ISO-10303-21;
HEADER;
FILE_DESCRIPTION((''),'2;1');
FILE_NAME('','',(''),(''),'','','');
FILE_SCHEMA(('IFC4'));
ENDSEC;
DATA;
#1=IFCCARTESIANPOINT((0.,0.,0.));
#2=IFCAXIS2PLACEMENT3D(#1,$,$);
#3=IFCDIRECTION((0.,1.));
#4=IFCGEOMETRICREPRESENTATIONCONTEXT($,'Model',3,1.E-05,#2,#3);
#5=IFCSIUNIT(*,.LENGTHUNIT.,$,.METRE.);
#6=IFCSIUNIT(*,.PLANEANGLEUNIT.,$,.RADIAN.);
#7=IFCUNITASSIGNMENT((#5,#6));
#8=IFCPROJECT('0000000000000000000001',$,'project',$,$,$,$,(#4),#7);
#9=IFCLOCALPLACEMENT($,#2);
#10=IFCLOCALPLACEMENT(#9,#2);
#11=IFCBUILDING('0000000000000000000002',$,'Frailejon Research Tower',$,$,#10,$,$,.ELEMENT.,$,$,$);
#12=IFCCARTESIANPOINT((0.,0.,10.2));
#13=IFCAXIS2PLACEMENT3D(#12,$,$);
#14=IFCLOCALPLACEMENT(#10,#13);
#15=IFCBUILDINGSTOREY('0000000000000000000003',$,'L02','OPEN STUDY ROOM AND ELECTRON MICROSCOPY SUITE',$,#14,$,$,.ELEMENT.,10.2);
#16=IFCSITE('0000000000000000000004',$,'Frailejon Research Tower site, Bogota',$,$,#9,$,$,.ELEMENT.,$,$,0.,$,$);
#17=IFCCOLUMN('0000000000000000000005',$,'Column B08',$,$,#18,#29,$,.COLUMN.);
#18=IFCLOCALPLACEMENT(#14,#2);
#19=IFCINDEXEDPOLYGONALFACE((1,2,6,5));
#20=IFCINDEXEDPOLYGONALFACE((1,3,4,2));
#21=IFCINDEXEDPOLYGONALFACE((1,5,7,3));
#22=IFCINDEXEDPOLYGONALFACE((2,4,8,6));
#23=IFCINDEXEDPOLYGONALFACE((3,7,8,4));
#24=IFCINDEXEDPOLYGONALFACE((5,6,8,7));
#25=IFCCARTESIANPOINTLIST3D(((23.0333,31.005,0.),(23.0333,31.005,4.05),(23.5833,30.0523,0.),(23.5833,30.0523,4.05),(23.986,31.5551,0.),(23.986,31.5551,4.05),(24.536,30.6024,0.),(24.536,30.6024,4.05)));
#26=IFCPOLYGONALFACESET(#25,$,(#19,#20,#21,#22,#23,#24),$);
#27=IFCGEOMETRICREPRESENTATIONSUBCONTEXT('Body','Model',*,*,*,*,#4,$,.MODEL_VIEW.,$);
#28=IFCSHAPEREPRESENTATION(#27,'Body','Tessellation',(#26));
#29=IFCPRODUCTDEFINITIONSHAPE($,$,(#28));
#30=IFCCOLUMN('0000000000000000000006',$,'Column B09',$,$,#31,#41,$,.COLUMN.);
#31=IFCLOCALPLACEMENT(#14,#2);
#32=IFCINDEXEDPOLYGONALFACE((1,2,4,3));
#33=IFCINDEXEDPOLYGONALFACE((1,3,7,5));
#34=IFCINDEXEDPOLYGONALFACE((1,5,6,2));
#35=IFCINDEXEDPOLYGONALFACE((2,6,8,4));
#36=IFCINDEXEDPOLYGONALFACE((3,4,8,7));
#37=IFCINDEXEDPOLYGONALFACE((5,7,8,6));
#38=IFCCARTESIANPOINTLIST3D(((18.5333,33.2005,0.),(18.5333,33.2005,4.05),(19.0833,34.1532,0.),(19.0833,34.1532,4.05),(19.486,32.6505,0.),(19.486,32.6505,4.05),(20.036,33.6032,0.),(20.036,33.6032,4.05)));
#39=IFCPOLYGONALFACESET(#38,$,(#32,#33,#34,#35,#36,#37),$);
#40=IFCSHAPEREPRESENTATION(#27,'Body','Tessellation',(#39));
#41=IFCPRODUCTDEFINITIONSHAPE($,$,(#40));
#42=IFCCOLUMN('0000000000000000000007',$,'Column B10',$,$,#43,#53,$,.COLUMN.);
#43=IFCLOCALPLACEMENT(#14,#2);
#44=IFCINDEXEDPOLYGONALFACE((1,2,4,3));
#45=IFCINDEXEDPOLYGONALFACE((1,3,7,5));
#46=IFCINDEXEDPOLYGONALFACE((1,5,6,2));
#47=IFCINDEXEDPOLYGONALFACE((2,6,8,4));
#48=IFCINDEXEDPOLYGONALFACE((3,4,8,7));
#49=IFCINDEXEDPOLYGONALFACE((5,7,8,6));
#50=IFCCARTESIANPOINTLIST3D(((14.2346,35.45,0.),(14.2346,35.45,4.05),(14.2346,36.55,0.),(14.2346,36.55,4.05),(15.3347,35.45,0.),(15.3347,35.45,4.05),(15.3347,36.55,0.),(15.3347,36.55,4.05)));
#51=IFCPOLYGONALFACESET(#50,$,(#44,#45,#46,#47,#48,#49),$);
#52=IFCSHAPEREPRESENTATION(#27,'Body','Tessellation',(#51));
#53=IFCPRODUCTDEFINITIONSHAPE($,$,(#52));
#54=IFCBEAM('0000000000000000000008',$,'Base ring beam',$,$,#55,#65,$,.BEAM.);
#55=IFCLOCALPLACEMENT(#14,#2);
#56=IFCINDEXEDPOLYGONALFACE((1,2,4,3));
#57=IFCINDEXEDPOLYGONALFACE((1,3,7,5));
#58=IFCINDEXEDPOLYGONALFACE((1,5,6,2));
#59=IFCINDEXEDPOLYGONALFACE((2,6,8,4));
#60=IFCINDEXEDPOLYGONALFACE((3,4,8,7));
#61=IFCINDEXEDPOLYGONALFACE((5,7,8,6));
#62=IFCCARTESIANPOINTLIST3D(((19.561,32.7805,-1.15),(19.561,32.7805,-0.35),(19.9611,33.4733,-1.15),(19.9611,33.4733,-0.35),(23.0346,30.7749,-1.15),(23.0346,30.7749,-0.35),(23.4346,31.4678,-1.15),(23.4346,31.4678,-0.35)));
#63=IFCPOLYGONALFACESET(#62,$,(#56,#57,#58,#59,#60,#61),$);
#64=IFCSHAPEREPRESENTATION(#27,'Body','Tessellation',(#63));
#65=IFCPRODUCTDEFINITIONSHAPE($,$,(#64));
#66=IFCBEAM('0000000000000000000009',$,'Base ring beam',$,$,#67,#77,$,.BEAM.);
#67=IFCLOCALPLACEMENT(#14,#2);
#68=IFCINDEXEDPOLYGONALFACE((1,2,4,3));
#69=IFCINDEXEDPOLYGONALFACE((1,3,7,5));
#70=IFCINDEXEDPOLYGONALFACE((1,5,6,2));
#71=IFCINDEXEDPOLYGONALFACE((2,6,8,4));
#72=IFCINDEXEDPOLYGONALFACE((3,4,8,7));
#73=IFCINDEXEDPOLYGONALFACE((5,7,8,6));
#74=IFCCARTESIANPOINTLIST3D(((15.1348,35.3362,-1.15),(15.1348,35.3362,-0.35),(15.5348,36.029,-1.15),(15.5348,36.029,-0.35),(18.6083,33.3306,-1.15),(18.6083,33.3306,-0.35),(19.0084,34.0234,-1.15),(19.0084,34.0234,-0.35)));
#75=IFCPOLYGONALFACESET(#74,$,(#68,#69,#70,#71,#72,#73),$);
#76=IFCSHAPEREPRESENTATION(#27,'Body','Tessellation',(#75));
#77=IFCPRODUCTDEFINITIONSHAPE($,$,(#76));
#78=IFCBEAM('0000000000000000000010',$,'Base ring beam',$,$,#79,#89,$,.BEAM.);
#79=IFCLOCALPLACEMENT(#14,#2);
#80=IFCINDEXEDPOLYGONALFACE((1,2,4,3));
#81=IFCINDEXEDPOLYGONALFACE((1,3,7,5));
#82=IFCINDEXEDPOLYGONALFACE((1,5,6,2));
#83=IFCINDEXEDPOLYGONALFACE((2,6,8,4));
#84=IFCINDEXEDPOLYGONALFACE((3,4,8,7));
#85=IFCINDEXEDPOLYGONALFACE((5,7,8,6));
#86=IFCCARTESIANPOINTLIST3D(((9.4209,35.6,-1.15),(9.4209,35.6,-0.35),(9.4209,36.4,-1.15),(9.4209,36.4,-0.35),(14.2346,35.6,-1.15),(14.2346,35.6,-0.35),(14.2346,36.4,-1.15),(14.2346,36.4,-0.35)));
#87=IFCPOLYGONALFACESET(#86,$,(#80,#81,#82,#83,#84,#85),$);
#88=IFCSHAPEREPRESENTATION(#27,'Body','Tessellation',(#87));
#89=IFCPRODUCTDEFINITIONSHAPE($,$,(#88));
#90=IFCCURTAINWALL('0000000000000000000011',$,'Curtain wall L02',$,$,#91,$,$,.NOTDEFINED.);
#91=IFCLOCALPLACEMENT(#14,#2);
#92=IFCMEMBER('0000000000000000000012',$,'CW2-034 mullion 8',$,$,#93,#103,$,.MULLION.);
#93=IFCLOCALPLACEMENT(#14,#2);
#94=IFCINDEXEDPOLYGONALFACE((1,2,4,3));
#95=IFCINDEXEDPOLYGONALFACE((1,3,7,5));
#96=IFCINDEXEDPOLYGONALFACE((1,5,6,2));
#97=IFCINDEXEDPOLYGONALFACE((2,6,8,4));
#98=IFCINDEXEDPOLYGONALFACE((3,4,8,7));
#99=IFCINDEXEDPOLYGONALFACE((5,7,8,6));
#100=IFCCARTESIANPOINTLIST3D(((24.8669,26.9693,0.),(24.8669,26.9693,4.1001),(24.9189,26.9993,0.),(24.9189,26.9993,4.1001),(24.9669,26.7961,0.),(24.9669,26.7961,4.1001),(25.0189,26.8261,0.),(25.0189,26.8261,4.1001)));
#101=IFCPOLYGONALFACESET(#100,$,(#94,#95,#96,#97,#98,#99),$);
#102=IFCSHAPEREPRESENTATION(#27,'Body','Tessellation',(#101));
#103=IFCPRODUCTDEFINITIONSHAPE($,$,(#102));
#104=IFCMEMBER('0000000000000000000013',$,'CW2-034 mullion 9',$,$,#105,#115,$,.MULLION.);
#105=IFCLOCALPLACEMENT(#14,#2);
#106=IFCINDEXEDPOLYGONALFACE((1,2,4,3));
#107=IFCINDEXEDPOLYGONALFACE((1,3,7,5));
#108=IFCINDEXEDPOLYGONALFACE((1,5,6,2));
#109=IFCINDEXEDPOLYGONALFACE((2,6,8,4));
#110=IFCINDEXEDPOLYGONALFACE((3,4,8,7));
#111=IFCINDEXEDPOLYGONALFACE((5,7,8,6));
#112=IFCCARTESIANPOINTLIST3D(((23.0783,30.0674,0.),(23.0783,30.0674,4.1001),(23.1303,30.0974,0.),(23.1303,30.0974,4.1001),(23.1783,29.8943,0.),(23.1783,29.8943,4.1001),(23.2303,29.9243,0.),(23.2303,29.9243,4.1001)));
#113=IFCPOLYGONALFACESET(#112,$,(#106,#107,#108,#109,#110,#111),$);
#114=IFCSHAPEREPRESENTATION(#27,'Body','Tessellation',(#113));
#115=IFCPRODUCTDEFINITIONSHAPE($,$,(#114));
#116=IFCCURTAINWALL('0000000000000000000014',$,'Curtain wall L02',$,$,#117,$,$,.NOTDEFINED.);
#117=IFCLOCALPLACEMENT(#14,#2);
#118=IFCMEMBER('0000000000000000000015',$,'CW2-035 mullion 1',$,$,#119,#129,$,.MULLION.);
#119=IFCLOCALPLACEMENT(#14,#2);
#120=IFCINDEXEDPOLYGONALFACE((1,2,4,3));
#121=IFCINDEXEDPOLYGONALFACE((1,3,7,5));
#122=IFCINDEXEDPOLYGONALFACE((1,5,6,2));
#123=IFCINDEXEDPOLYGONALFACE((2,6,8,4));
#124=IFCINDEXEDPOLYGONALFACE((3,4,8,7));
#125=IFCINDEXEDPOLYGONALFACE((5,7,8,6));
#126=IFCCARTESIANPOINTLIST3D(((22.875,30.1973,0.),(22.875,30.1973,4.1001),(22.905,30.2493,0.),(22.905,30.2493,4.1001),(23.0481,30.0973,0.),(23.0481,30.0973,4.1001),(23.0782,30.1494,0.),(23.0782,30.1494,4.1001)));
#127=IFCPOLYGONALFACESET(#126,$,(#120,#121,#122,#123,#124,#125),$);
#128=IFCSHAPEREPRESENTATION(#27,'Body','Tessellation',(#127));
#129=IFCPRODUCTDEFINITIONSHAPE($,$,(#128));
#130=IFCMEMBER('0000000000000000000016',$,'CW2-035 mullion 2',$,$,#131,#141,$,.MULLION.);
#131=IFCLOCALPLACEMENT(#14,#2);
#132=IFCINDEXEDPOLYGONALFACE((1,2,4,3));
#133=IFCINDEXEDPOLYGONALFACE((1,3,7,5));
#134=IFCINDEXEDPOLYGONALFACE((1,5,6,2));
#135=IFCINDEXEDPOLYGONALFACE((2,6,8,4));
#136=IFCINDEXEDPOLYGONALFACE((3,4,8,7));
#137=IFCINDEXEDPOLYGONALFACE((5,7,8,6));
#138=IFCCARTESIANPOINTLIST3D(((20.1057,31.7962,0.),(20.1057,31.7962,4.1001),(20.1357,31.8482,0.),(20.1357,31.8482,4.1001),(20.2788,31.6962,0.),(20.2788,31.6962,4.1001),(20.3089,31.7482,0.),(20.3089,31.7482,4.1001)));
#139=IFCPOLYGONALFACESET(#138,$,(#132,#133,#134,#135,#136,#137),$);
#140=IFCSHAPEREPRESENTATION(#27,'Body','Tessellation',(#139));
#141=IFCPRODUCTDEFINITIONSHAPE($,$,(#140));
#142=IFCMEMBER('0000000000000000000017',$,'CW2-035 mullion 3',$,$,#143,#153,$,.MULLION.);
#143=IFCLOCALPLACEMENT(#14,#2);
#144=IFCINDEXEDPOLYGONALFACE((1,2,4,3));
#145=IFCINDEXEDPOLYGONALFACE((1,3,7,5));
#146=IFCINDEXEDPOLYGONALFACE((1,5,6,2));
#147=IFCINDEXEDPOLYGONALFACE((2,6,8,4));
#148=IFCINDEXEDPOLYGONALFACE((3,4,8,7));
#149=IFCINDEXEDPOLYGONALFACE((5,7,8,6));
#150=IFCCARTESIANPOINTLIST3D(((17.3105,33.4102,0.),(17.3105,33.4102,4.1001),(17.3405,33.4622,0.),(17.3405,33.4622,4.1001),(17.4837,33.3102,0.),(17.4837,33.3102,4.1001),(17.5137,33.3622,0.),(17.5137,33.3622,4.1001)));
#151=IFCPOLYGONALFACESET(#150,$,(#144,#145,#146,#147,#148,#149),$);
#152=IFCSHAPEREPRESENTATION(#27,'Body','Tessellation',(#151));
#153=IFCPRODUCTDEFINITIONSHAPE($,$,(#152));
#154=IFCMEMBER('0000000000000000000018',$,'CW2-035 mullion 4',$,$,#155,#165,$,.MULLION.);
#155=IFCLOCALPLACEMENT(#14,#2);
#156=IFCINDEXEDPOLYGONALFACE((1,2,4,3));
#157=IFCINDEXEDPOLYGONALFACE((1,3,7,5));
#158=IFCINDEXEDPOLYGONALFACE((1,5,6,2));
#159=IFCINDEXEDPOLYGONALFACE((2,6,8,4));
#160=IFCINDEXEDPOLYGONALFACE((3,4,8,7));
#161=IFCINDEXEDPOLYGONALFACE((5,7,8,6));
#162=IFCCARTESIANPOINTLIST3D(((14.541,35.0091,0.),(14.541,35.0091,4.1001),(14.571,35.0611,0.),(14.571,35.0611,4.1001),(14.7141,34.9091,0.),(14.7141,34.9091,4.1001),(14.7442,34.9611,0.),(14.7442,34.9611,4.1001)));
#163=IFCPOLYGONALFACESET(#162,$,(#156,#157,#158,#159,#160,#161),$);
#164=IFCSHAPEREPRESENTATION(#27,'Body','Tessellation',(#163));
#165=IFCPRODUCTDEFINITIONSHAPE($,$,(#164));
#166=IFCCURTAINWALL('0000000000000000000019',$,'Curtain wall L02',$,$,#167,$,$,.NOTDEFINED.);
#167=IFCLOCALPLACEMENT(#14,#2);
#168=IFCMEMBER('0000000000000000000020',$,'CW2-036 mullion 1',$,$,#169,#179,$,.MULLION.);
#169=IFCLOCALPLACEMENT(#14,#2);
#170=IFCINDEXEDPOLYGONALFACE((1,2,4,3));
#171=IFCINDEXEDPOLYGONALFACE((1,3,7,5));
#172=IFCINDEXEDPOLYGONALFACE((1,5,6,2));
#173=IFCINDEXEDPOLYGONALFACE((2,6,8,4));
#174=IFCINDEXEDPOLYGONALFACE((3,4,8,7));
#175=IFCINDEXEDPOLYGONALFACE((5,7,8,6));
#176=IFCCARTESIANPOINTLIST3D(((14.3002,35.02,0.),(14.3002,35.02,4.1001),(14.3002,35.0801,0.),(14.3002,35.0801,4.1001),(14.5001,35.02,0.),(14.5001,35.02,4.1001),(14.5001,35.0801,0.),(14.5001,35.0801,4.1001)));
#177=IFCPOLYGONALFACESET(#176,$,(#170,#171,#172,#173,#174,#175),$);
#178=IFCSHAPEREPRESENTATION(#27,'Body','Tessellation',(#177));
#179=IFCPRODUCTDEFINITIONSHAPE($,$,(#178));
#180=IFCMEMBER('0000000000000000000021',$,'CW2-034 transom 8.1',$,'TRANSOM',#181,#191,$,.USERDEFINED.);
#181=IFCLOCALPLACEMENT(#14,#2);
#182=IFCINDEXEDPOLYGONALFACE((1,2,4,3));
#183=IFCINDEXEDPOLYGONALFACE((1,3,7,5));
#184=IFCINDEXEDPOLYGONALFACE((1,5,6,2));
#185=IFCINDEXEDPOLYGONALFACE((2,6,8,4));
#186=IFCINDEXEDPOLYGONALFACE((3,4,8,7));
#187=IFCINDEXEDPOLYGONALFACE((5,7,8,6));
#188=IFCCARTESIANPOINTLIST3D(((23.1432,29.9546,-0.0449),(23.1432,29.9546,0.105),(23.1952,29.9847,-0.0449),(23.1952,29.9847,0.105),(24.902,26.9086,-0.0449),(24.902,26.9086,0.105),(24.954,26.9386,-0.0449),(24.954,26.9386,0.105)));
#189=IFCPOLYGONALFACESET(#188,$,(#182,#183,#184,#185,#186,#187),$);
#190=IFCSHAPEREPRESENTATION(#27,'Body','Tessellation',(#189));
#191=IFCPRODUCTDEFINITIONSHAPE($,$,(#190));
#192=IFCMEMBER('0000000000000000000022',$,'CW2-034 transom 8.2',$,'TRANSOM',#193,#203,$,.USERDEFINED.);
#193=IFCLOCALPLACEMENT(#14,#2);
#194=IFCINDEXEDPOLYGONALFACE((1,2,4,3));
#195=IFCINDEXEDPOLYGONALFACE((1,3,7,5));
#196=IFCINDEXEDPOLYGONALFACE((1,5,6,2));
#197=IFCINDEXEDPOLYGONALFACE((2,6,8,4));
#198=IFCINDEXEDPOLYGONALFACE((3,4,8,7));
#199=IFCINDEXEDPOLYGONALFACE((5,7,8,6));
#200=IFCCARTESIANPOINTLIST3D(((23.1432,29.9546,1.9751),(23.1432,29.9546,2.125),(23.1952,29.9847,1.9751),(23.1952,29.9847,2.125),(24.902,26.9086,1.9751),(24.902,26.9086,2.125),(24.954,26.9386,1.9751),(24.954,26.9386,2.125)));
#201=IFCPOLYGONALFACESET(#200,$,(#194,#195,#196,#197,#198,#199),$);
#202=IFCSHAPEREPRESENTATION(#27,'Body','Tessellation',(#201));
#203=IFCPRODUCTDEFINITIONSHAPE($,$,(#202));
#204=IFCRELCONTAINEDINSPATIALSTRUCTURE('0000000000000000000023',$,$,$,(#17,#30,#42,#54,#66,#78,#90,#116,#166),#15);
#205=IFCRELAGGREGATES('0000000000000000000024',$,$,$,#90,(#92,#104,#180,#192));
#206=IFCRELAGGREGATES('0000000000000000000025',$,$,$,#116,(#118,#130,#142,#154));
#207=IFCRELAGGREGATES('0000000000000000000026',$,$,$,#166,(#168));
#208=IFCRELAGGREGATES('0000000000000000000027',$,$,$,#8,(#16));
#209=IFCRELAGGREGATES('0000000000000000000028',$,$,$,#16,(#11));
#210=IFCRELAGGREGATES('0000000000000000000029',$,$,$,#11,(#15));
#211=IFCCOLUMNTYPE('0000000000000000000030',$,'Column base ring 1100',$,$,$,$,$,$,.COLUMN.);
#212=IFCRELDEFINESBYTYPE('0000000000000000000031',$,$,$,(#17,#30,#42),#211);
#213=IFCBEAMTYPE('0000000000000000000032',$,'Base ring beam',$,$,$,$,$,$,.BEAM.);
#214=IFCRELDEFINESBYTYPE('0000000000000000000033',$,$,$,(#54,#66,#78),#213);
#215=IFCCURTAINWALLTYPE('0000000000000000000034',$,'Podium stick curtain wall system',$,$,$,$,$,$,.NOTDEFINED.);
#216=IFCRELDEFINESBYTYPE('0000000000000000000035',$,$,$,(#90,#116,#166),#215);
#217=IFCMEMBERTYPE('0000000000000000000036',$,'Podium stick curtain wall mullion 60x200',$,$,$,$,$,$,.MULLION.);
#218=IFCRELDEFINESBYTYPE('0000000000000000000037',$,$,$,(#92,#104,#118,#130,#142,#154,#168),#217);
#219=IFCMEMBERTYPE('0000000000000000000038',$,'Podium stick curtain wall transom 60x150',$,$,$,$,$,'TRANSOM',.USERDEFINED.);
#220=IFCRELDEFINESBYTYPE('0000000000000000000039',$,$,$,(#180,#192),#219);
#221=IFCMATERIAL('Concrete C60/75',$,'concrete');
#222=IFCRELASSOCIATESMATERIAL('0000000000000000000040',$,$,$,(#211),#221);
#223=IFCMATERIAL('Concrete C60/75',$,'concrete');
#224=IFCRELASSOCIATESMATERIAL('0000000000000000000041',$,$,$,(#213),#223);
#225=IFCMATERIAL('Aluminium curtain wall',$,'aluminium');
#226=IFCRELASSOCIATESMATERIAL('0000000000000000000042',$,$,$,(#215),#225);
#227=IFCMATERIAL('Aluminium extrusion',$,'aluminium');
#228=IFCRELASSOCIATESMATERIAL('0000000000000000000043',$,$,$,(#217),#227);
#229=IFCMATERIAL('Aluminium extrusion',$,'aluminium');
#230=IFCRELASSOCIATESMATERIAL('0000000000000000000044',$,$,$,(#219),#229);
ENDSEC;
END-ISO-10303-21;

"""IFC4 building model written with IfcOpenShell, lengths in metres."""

from ifc_helpers import new_model, si_unit, direction, frame, origin, origin_2d, place, context, subcontext, project, spatial, rectangle, extrude, material, material_profile, profile_set, type_object, element, aggregate, save


model = new_model("IFC4")

# Units and contexts
model_context = context("Model", 3, precision=1e-05, world=origin(), true_north=direction((0.0, 1.0)))
body_context = subcontext(model_context, "Body", "Model", "MODEL_VIEW")
ifc_project = project(units=[si_unit("LENGTHUNIT", "METRE"), si_unit("PLANEANGLEUNIT", "RADIAN")], contexts=[model_context])

# Site, building, storey
site_placement = place(None, origin())
site = spatial("IfcSite", under=ifc_project, at=site_placement, Name="Frailejon Research Tower site, Bogota", CompositionType="ELEMENT", RefElevation=0.0)
building_placement = place(site_placement, origin())
building = spatial("IfcBuilding", under=site, at=building_placement, Name="Frailejon Research Tower", CompositionType="ELEMENT")
storey_placement = place(building_placement, frame((0.0, 0.0, 10.2)))
storey = spatial("IfcBuildingStorey", under=building, at=storey_placement, Name="L02", Description="OPEN STUDY ROOM AND ELECTRON MICROSCOPY SUITE", CompositionType="ELEMENT", Elevation=10.2)

# Columns
ifc_material_1 = material(Name="Concrete C60/75", Category="concrete")
ifc_material_profile_1 = material_profile(ifc_material_1, rectangle(XDim=1.1001, YDim=1.1001, at=origin_2d()), Name="Column base ring 1100")
ifc_profile_set_1 = profile_set([ifc_material_profile_1], Name="Concrete C60/75")
column_type = type_object("IfcColumnType", Name="Column base ring 1100", PredefinedType="COLUMN", material=ifc_profile_set_1)
for number, where, z_axis, x_axis, name in (
    (1, (23.7847, 30.8037, 0.0), (0.0, 0.0, 1.0), (-0.5, 0.866025, 0.0), "Column B08"),
    (2, (19.2847, 33.4019, 0.0), (0.0, 0.0, 1.0), (-0.866025, 0.5, 0.0), "Column B09"),
    (3, (14.7847, 36.0, 0.0), (0.0, 0.0, 1.0), (-1.0, 0.0, 0.0), "Column B10"),
):
    element("IfcColumn", number, at=place(storey_placement, frame(where, z_axis=z_axis, x_axis=x_axis)), inside=storey, type_object=column_type, Name=name, PredefinedType="COLUMN", context=body_context, shape_type="SweptSolid", body=[
        extrude(rectangle(XDim=1.1001, YDim=1.1001, at=origin_2d()), origin(), (0.0, 0.0, 1.0), 4.05),
    ])

# Beams
ifc_material_2 = material(Name="Concrete C60/75", Category="concrete")
ifc_material_profile_2 = material_profile(ifc_material_2, rectangle(XDim=0.8, YDim=0.8, at=origin_2d()), Name="Base ring beam")
ifc_profile_set_2 = profile_set([ifc_material_profile_2], Name="Concrete C60/75")
beam_type = type_object("IfcBeamType", Name="Base ring beam", PredefinedType="BEAM", material=ifc_profile_set_2)
for number, where, z_axis, x_axis, name in (
    (4, (23.2346, 31.1213, -0.75), (-0.866013, 0.500021, 0.0), (-0.500021, -0.866013, 0.0), "Base ring beam"),
    (5, (18.8083, 33.677, -0.75), (-0.866013, 0.500021, 0.0), (-0.500021, -0.866013, 0.0), "Base ring beam"),
):
    element("IfcBeam", number, at=place(storey_placement, frame(where, z_axis=z_axis, x_axis=x_axis)), inside=storey, type_object=beam_type, Name=name, PredefinedType="BEAM", context=body_context, shape_type="SweptSolid", body=[
        extrude(rectangle(XDim=0.8, YDim=0.8, at=origin_2d()), origin(), (0.0, 0.0, 1.0), 4.011),
    ])
beam_placement = place(storey_placement, frame((14.2346, 36.0, -0.75), z_axis=(-1.0, 0.0, 0.0), x_axis=(0.0, -1.0, 0.0)))
element("IfcBeam", 6, at=beam_placement, inside=storey, type_object=beam_type, Name="Base ring beam", PredefinedType="BEAM", context=body_context, shape_type="SweptSolid", body=[
    extrude(rectangle(XDim=0.8, YDim=0.8, at=origin_2d()), origin(), (0.0, 0.0, 1.0), 4.8137),
])

# Curtain walls, members
ifc_material_3 = material(Name="Aluminium curtain wall", Category="aluminium")
curtain_wall_type = type_object("IfcCurtainWallType", Name="Podium stick curtain wall system", PredefinedType="NOTDEFINED", material=ifc_material_3)
curtain_wall_1_placement = place(storey_placement, origin())
curtain_wall_1 = element("IfcCurtainWall", 7, at=curtain_wall_1_placement, inside=storey, type_object=curtain_wall_type, Name="Curtain wall L02", PredefinedType="NOTDEFINED")
ifc_material_4 = material(Name="Aluminium extrusion", Category="aluminium")
ifc_material_profile_3 = material_profile(ifc_material_4, rectangle(XDim=0.0601, YDim=0.2, at=origin_2d()), Name="Podium stick curtain wall mullion 60x200")
ifc_profile_set_3 = profile_set([ifc_material_profile_3], Name="Aluminium extrusion")
member_type_1 = type_object("IfcMemberType", Name="Podium stick curtain wall mullion 60x200", PredefinedType="MULLION", material=ifc_profile_set_3)
member_1_placement = place(storey_placement, frame((24.9429, 26.8977, 0.0), z_axis=(0.0, 0.0, 1.0), x_axis=(-0.866026, -0.499998, 0.0)))
member_1 = element("IfcMember", 8, at=member_1_placement, type_object=member_type_1, Name="CW2-034 mullion 8", PredefinedType="MULLION", context=body_context, shape_type="SweptSolid", body=[
    extrude(rectangle(XDim=0.0601, YDim=0.2, at=origin_2d()), origin(), (0.0, 0.0, 1.0), 4.1001),
])
member_2_placement = place(storey_placement, frame((23.1543, 29.9958, 0.0), z_axis=(0.0, 0.0, 1.0), x_axis=(-0.866026, -0.499998, 0.0)))
member_2 = element("IfcMember", 9, at=member_2_placement, type_object=member_type_1, Name="CW2-034 mullion 9", PredefinedType="MULLION", context=body_context, shape_type="SweptSolid", body=[
    extrude(rectangle(XDim=0.0601, YDim=0.2, at=origin_2d()), origin(), (0.0, 0.0, 1.0), 4.1001),
])
curtain_wall_2_placement = place(storey_placement, origin())
curtain_wall_2 = element("IfcCurtainWall", 10, at=curtain_wall_2_placement, inside=storey, type_object=curtain_wall_type, Name="Curtain wall L02", PredefinedType="NOTDEFINED")
member_3_placement = place(storey_placement, frame((22.9766, 30.1733, 0.0), z_axis=(0.0, 0.0, 1.0), x_axis=(-0.5, -0.866025, 0.0)))
member_3 = element("IfcMember", 11, at=member_3_placement, type_object=member_type_1, Name="CW2-035 mullion 1", PredefinedType="MULLION", context=body_context, shape_type="SweptSolid", body=[
    extrude(rectangle(XDim=0.0601, YDim=0.2, at=origin_2d()), origin(), (0.0, 0.0, 1.0), 4.1001),
])
member_4_placement = place(storey_placement, frame((20.2073, 31.7722, 0.0), z_axis=(0.0, 0.0, 1.0), x_axis=(-0.5, -0.866025, 0.0)))
member_4 = element("IfcMember", 12, at=member_4_placement, type_object=member_type_1, Name="CW2-035 mullion 2", PredefinedType="MULLION", context=body_context, shape_type="SweptSolid", body=[
    extrude(rectangle(XDim=0.0601, YDim=0.2, at=origin_2d()), origin(), (0.0, 0.0, 1.0), 4.1001),
])
member_5_placement = place(storey_placement, frame((17.4121, 33.3862, 0.0), z_axis=(0.0, 0.0, 1.0), x_axis=(-0.5, -0.866025, 0.0)))
member_5 = element("IfcMember", 13, at=member_5_placement, type_object=member_type_1, Name="CW2-035 mullion 3", PredefinedType="MULLION", context=body_context, shape_type="SweptSolid", body=[
    extrude(rectangle(XDim=0.0601, YDim=0.2, at=origin_2d()), origin(), (0.0, 0.0, 1.0), 4.1001),
])
member_6_placement = place(storey_placement, frame((14.6426, 34.9851, 0.0), z_axis=(0.0, 0.0, 1.0), x_axis=(-0.5, -0.866025, 0.0)))
member_6 = element("IfcMember", 14, at=member_6_placement, type_object=member_type_1, Name="CW2-035 mullion 4", PredefinedType="MULLION", context=body_context, shape_type="SweptSolid", body=[
    extrude(rectangle(XDim=0.0601, YDim=0.2, at=origin_2d()), origin(), (0.0, 0.0, 1.0), 4.1001),
])

# Curtain wall, member
curtain_wall_3_placement = place(storey_placement, origin())
curtain_wall_3 = element("IfcCurtainWall", 15, at=curtain_wall_3_placement, inside=storey, type_object=curtain_wall_type, Name="Curtain wall L02", PredefinedType="NOTDEFINED")
member_7_placement = place(storey_placement, frame((14.4001, 35.05, 0.0), z_axis=(0.0, 0.0, 1.0), x_axis=(0.0, -1.0, 0.0)))
member_7 = element("IfcMember", 16, at=member_7_placement, type_object=member_type_1, Name="CW2-036 mullion 1", PredefinedType="MULLION", context=body_context, shape_type="SweptSolid", body=[
    extrude(rectangle(XDim=0.0601, YDim=0.2, at=origin_2d()), origin(), (0.0, 0.0, 1.0), 4.1001),
])

# Members
ifc_material_5 = material(Name="Aluminium extrusion", Category="aluminium")
ifc_material_profile_4 = material_profile(ifc_material_5, rectangle(XDim=0.0601, YDim=0.1499, at=origin_2d()), Name="Podium stick curtain wall transom 60x150")
ifc_profile_set_4 = profile_set([ifc_material_profile_4], Name="Aluminium extrusion")
member_type_2 = type_object("IfcMemberType", Name="Podium stick curtain wall transom 60x150", ElementType="TRANSOM", PredefinedType="USERDEFINED", material=ifc_profile_set_4)
member_8_placement = place(storey_placement, frame((24.928, 26.9236, 0.03), z_axis=(-0.500021, 0.866013, 0.0), x_axis=(-0.866013, -0.500021, 0.0)))
member_8 = element("IfcMember", 17, at=member_8_placement, type_object=member_type_2, Name="CW2-034 transom 8.1", ObjectType="TRANSOM", PredefinedType="USERDEFINED", context=body_context, shape_type="SweptSolid", body=[
    extrude(rectangle(XDim=0.0601, YDim=0.1499, at=origin_2d()), origin(), (0.0, 0.0, 1.0), 3.5173),
])
member_9_placement = place(storey_placement, frame((24.928, 26.9236, 2.05), z_axis=(-0.500021, 0.866013, 0.0), x_axis=(-0.866013, -0.500021, 0.0)))
member_9 = element("IfcMember", 18, at=member_9_placement, type_object=member_type_2, Name="CW2-034 transom 8.2", ObjectType="TRANSOM", PredefinedType="USERDEFINED", context=body_context, shape_type="SweptSolid", body=[
    extrude(rectangle(XDim=0.0601, YDim=0.1499, at=origin_2d()), origin(), (0.0, 0.0, 1.0), 3.5173),
])

aggregate(curtain_wall_1, [member_1, member_2, member_8, member_9])
aggregate(curtain_wall_2, [member_3, member_4, member_5, member_6])
aggregate(curtain_wall_3, [member_7])

save(model, "model.ifc")
